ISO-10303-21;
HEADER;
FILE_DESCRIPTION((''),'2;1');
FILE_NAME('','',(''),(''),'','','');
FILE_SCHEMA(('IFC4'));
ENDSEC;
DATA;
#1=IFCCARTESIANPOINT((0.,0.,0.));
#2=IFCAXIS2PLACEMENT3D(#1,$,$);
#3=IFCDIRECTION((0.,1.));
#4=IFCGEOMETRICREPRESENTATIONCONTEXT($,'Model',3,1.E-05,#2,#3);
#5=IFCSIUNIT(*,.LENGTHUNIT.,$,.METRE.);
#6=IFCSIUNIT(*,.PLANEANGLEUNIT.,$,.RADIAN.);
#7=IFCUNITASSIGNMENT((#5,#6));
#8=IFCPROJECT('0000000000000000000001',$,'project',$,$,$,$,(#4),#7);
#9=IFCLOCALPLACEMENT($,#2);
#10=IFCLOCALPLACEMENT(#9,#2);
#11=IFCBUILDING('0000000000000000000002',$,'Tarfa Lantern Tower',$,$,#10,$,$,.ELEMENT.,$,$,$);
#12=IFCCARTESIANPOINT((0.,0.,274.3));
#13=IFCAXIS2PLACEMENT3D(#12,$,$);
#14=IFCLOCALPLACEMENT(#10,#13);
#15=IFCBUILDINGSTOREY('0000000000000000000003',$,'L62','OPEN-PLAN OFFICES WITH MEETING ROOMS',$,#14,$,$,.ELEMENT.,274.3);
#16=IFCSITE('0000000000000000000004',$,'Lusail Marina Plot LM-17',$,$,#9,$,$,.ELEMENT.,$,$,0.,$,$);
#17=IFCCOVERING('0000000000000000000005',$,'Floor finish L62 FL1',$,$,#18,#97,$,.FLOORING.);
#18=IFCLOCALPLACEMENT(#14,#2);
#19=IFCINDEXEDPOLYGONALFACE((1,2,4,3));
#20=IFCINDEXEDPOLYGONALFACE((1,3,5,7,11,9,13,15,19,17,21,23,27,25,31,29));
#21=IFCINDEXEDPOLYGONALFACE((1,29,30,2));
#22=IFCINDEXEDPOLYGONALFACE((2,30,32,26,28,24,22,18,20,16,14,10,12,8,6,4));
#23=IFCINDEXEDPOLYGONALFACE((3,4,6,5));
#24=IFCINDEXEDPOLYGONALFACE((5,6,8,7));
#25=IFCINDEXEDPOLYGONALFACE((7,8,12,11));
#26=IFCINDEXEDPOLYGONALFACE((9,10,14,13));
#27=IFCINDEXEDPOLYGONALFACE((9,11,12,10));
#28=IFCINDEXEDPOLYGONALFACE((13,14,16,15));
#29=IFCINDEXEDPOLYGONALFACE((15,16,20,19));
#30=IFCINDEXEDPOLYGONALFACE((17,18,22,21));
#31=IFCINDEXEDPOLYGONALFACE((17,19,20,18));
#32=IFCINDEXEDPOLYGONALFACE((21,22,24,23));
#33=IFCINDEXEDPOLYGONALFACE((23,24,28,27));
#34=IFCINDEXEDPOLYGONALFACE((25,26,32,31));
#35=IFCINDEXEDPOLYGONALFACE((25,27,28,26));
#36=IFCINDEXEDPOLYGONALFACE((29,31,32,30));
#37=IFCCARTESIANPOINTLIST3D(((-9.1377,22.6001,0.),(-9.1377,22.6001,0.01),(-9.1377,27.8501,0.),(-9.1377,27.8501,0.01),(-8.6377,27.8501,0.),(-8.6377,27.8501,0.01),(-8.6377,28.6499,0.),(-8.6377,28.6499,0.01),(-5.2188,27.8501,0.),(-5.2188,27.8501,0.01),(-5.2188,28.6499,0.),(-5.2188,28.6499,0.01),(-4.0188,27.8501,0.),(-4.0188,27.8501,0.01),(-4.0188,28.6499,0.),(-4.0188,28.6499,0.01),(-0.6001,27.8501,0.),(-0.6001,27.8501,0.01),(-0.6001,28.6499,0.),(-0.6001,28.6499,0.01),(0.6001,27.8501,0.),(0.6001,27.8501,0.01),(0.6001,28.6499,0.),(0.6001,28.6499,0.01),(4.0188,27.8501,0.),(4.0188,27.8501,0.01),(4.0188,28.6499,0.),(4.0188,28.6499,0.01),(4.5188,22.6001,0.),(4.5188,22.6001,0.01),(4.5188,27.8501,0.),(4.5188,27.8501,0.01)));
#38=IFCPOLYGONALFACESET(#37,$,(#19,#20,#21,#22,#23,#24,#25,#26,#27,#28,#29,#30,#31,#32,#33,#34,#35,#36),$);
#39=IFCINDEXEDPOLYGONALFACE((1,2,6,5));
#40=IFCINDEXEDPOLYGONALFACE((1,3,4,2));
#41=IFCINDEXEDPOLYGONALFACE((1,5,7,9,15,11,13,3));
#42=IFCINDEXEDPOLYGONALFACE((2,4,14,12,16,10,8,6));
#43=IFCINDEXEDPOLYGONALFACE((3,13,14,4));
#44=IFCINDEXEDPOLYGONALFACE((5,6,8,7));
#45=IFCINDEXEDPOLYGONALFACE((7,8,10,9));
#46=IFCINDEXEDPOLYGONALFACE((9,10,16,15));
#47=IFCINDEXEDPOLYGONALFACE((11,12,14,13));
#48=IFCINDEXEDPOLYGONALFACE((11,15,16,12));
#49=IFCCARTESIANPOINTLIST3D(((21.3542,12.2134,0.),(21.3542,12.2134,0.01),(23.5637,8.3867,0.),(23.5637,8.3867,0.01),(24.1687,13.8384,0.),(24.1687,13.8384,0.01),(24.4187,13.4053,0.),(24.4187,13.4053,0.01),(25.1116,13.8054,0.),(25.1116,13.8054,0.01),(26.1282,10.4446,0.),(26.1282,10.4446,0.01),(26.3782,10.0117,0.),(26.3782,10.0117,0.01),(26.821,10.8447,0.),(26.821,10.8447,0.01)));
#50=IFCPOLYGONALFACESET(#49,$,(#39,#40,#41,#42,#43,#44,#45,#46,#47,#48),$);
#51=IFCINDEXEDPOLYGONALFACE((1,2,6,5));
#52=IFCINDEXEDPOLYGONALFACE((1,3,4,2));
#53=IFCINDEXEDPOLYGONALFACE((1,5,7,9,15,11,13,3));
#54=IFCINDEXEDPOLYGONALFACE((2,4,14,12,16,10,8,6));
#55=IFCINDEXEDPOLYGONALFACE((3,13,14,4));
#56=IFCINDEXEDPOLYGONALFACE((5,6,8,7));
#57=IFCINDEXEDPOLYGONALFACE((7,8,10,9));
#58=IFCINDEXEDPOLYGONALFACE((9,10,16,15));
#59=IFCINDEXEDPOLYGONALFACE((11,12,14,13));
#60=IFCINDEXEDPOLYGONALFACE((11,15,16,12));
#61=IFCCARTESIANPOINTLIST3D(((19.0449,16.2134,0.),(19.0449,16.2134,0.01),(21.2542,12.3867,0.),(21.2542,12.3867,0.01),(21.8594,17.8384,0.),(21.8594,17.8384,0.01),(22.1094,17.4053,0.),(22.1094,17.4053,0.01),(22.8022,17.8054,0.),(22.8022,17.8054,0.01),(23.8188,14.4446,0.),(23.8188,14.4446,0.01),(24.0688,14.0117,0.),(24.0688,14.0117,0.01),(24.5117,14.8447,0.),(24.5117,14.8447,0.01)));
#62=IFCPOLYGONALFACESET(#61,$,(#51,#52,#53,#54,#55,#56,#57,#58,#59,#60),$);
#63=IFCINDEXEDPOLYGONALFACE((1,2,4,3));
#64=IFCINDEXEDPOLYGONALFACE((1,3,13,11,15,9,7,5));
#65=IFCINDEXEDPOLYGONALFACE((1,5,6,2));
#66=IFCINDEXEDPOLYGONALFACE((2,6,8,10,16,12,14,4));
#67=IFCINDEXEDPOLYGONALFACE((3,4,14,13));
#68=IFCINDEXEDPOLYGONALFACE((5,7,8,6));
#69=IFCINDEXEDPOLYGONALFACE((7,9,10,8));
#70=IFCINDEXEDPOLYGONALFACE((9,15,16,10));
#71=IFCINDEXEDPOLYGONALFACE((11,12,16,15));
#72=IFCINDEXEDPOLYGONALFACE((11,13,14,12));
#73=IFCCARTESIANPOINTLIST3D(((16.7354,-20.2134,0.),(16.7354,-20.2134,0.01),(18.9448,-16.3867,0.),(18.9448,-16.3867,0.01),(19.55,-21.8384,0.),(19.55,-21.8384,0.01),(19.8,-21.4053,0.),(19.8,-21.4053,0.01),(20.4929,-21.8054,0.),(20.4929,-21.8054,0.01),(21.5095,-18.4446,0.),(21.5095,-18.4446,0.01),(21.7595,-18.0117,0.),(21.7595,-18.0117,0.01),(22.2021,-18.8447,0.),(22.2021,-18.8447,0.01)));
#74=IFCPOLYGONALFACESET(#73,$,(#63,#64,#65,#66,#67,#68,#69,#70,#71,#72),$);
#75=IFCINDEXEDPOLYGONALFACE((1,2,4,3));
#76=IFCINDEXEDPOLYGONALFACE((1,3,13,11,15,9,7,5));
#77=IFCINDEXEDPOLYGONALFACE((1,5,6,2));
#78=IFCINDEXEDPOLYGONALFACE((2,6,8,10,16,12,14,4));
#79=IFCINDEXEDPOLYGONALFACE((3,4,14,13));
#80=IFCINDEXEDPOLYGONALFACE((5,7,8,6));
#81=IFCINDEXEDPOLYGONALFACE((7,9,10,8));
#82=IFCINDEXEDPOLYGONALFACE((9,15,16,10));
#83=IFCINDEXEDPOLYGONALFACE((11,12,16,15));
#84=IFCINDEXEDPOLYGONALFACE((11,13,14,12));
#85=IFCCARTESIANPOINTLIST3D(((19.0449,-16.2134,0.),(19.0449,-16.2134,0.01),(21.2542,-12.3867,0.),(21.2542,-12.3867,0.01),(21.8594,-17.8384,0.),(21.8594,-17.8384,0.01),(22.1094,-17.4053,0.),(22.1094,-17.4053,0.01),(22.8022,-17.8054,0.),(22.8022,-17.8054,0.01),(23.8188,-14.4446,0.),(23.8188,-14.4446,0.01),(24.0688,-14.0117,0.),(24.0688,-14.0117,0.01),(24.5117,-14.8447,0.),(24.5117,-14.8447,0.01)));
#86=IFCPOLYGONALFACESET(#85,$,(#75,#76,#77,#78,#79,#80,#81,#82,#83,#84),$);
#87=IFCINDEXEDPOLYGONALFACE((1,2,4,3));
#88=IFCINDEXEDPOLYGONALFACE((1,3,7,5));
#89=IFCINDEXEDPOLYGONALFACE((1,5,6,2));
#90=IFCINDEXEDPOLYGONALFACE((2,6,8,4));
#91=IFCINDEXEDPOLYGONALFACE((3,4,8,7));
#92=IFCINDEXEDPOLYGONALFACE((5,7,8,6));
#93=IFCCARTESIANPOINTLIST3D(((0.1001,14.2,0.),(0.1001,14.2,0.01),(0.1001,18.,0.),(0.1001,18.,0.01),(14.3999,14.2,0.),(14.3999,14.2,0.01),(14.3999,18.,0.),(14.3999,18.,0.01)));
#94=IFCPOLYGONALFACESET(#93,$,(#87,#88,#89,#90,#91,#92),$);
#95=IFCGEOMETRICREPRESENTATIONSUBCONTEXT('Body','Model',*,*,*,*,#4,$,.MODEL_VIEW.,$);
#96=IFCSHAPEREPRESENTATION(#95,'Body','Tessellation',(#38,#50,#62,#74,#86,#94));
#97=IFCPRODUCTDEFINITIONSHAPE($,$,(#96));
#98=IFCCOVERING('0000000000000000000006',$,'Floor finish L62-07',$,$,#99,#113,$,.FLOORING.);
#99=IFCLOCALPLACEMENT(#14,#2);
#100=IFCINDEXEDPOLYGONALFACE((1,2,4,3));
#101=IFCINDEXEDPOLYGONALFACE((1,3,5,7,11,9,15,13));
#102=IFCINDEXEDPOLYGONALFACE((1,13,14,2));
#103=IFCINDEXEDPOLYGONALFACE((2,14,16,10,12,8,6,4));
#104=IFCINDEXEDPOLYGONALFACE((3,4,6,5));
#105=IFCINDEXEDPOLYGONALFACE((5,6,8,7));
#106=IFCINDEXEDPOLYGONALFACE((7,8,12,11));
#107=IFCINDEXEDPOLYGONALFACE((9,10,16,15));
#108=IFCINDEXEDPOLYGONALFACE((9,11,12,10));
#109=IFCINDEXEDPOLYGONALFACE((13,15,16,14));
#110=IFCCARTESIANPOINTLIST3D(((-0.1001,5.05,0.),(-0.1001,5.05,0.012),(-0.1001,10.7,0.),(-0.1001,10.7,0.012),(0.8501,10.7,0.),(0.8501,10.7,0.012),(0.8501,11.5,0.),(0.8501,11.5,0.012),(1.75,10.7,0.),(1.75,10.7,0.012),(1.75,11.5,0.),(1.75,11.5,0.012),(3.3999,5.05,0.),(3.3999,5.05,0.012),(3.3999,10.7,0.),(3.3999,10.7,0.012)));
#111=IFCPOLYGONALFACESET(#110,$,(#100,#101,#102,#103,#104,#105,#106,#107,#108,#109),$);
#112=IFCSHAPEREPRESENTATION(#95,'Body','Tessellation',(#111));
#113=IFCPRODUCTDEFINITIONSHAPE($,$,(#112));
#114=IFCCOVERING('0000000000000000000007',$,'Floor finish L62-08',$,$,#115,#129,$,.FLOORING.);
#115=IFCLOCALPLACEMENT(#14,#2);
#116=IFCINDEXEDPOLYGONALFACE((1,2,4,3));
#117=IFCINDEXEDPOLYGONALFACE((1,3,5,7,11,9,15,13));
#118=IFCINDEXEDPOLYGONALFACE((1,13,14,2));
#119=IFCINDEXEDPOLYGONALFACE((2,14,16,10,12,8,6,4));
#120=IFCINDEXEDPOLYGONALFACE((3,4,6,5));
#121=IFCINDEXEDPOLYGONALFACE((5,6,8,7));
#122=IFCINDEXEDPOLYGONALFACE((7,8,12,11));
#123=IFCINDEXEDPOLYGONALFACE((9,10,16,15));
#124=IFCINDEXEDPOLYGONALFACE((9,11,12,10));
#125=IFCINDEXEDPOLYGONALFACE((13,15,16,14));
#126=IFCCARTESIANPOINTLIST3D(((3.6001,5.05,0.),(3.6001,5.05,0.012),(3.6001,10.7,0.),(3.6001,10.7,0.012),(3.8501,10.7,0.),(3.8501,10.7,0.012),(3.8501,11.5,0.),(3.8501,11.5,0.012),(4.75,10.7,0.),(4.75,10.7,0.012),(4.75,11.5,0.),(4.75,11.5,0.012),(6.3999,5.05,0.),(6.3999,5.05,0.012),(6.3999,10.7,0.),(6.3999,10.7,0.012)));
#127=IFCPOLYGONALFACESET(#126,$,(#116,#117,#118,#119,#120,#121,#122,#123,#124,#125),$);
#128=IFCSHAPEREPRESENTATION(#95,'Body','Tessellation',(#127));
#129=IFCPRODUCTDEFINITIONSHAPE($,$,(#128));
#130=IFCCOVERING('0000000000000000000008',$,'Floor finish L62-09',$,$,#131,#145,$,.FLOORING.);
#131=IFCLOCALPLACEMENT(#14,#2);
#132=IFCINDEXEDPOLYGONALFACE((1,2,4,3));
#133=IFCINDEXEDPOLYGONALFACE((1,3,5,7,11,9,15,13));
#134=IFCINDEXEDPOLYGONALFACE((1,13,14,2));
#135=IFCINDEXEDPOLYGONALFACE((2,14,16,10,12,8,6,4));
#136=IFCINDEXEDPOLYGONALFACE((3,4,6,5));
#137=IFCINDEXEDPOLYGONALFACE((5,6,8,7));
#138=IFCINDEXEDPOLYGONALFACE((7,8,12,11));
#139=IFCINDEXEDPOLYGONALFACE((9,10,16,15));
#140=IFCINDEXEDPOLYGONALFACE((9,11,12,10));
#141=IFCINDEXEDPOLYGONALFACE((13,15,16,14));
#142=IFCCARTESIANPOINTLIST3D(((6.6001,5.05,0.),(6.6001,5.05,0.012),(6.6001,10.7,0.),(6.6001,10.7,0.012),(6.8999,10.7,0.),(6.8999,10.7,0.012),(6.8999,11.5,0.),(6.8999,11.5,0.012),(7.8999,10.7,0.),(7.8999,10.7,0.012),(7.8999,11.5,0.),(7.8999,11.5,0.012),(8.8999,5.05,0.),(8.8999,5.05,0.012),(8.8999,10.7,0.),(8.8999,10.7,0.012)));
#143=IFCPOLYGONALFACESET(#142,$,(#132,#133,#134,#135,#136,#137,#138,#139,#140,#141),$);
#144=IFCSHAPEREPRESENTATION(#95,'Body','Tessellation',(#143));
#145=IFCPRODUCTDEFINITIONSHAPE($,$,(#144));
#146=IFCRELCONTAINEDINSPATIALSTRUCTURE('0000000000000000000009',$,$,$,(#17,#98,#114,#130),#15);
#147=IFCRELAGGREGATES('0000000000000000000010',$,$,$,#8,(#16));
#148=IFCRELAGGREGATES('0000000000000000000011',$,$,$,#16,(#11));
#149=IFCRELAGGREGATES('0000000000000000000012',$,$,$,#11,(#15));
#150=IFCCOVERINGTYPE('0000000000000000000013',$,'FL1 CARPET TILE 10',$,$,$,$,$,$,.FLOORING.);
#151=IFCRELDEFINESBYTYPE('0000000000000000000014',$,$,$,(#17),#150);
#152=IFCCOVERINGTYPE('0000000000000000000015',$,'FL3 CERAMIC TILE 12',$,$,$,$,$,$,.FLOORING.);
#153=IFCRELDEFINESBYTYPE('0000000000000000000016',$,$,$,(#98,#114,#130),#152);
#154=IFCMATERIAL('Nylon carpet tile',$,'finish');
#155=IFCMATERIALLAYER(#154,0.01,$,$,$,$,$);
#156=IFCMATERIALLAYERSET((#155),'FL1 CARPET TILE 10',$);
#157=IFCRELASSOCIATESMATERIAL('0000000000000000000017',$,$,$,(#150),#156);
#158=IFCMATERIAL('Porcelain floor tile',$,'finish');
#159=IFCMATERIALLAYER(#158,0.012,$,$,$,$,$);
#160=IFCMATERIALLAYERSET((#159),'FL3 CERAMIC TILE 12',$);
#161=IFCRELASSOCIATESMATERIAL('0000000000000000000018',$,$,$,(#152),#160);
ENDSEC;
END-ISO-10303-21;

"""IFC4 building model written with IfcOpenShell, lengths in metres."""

from ifc_helpers import new_model, si_unit, direction, frame, origin, place, context, subcontext, project, spatial, polyline, outline, extrude, material, layer, layer_set, type_object, element, save


model = new_model("IFC4")

# Units and contexts
model_context = context("Model", 3, precision=1e-05, world=origin(), true_north=direction((0.0, 1.0)))
body_context = subcontext(model_context, "Body", "Model", "MODEL_VIEW")
ifc_project = project(units=[si_unit("LENGTHUNIT", "METRE"), si_unit("PLANEANGLEUNIT", "RADIAN")], contexts=[model_context])

# Site, building, storey
site_placement = place(None, origin())
site = spatial("IfcSite", under=ifc_project, at=site_placement, Name="Lusail Marina Plot LM-17", CompositionType="ELEMENT", RefElevation=0.0)
building_placement = place(site_placement, origin())
building = spatial("IfcBuilding", under=site, at=building_placement, Name="Tarfa Lantern Tower", CompositionType="ELEMENT")
storey_placement = place(building_placement, frame((0.0, 0.0, 274.3)))
storey = spatial("IfcBuildingStorey", under=building, at=storey_placement, Name="L62", Description="OPEN-PLAN OFFICES WITH MEETING ROOMS", CompositionType="ELEMENT", Elevation=274.3)

# Coverings
ifc_material_1 = material(Name="Nylon carpet tile", Category="finish")
ifc_layer_1 = layer(ifc_material_1, 0.01)
ifc_layer_set_1 = layer_set([ifc_layer_1], Name="FL1 CARPET TILE 10")
covering_type_1 = type_object("IfcCoveringType", Name="FL1 CARPET TILE 10", PredefinedType="FLOORING", material=ifc_layer_set_1)
covering_1_placement = place(storey_placement, origin())
element("IfcCovering", 1, at=covering_1_placement, inside=storey, type_object=covering_type_1, Name="Floor finish L62 FL1", PredefinedType="FLOORING", context=body_context, shape_type="SweptSolid", body=[
    extrude(outline(polyline([(4.5188, 22.6001), (-9.1377, 22.6001), (-9.1377, 27.8501), (-8.6377, 27.8501), (-8.6377, 28.6499), (-5.2188, 28.6499), (-5.2188, 27.8501), (-4.0188, 27.8501), (-4.0188, 28.6499), (-0.6001, 28.6499), (-0.6001, 27.8501), (0.6001, 27.8501), (0.6001, 28.6499), (4.0188, 28.6499), (4.0188, 27.8501), (4.5188, 27.8501), (4.5188, 22.6001)])), origin(), (0.0, 0.0, 1.0), 0.01),
    extrude(outline(polyline([(21.3542, 12.2134), (24.1687, 13.8384), (24.4187, 13.4053), (25.1116, 13.8054), (26.821, 10.8447), (26.1282, 10.4446), (26.3782, 10.0117), (23.5637, 8.3867), (21.3542, 12.2134)])), origin(), (0.0, 0.0, 1.0), 0.01),
    extrude(outline(polyline([(19.0449, 16.2134), (21.8594, 17.8384), (22.1094, 17.4053), (22.8022, 17.8054), (24.5117, 14.8447), (23.8188, 14.4446), (24.0688, 14.0117), (21.2542, 12.3867), (19.0449, 16.2134)])), origin(), (0.0, 0.0, 1.0), 0.01),
    extrude(outline(polyline([(18.9448, -16.3867), (21.7595, -18.0117), (21.5095, -18.4446), (22.2021, -18.8447), (20.4929, -21.8054), (19.8, -21.4053), (19.55, -21.8384), (16.7354, -20.2134), (18.9448, -16.3867)])), origin(), (0.0, 0.0, 1.0), 0.01),
    extrude(outline(polyline([(21.2542, -12.3867), (24.0688, -14.0117), (23.8188, -14.4446), (24.5117, -14.8447), (22.8022, -17.8054), (22.1094, -17.4053), (21.8594, -17.8384), (19.0449, -16.2134), (21.2542, -12.3867)])), origin(), (0.0, 0.0, 1.0), 0.01),
    extrude(outline(polyline([(0.1001, 18.0), (14.3999, 18.0), (14.3999, 14.2), (0.1001, 14.2), (0.1001, 18.0)])), origin(), (0.0, 0.0, 1.0), 0.01),
])
ifc_material_2 = material(Name="Porcelain floor tile", Category="finish")
ifc_layer_2 = layer(ifc_material_2, 0.012)
ifc_layer_set_2 = layer_set([ifc_layer_2], Name="FL3 CERAMIC TILE 12")
covering_type_2 = type_object("IfcCoveringType", Name="FL3 CERAMIC TILE 12", PredefinedType="FLOORING", material=ifc_layer_set_2)
covering_2_placement = place(storey_placement, origin())
element("IfcCovering", 2, at=covering_2_placement, inside=storey, type_object=covering_type_2, Name="Floor finish L62-07", PredefinedType="FLOORING", context=body_context, shape_type="SweptSolid", body=[
    extrude(outline(polyline([(0.8501, 10.7), (-0.1001, 10.7), (-0.1001, 5.05), (3.3999, 5.05), (3.3999, 10.7), (1.75, 10.7), (1.75, 11.5), (0.8501, 11.5), (0.8501, 11.5), (0.8501, 10.7)])), origin(), (0.0, 0.0, 1.0), 0.012),
])
covering_3_placement = place(storey_placement, origin())
element("IfcCovering", 3, at=covering_3_placement, inside=storey, type_object=covering_type_2, Name="Floor finish L62-08", PredefinedType="FLOORING", context=body_context, shape_type="SweptSolid", body=[
    extrude(outline(polyline([(3.6001, 5.05), (6.3999, 5.05), (6.3999, 10.7), (4.75, 10.7), (4.75, 11.5), (3.8501, 11.5), (3.8501, 10.7), (3.6001, 10.7), (3.6001, 5.05)])), origin(), (0.0, 0.0, 1.0), 0.012),
])
covering_4_placement = place(storey_placement, origin())
element("IfcCovering", 4, at=covering_4_placement, inside=storey, type_object=covering_type_2, Name="Floor finish L62-09", PredefinedType="FLOORING", context=body_context, shape_type="SweptSolid", body=[
    extrude(outline(polyline([(6.6001, 5.05), (8.8999, 5.05), (8.8999, 10.7), (7.8999, 10.7), (7.8999, 11.5), (6.8999, 11.5), (6.8999, 10.7), (6.6001, 10.7), (6.6001, 5.05)])), origin(), (0.0, 0.0, 1.0), 0.012),
])

save(model, "model.ifc")
